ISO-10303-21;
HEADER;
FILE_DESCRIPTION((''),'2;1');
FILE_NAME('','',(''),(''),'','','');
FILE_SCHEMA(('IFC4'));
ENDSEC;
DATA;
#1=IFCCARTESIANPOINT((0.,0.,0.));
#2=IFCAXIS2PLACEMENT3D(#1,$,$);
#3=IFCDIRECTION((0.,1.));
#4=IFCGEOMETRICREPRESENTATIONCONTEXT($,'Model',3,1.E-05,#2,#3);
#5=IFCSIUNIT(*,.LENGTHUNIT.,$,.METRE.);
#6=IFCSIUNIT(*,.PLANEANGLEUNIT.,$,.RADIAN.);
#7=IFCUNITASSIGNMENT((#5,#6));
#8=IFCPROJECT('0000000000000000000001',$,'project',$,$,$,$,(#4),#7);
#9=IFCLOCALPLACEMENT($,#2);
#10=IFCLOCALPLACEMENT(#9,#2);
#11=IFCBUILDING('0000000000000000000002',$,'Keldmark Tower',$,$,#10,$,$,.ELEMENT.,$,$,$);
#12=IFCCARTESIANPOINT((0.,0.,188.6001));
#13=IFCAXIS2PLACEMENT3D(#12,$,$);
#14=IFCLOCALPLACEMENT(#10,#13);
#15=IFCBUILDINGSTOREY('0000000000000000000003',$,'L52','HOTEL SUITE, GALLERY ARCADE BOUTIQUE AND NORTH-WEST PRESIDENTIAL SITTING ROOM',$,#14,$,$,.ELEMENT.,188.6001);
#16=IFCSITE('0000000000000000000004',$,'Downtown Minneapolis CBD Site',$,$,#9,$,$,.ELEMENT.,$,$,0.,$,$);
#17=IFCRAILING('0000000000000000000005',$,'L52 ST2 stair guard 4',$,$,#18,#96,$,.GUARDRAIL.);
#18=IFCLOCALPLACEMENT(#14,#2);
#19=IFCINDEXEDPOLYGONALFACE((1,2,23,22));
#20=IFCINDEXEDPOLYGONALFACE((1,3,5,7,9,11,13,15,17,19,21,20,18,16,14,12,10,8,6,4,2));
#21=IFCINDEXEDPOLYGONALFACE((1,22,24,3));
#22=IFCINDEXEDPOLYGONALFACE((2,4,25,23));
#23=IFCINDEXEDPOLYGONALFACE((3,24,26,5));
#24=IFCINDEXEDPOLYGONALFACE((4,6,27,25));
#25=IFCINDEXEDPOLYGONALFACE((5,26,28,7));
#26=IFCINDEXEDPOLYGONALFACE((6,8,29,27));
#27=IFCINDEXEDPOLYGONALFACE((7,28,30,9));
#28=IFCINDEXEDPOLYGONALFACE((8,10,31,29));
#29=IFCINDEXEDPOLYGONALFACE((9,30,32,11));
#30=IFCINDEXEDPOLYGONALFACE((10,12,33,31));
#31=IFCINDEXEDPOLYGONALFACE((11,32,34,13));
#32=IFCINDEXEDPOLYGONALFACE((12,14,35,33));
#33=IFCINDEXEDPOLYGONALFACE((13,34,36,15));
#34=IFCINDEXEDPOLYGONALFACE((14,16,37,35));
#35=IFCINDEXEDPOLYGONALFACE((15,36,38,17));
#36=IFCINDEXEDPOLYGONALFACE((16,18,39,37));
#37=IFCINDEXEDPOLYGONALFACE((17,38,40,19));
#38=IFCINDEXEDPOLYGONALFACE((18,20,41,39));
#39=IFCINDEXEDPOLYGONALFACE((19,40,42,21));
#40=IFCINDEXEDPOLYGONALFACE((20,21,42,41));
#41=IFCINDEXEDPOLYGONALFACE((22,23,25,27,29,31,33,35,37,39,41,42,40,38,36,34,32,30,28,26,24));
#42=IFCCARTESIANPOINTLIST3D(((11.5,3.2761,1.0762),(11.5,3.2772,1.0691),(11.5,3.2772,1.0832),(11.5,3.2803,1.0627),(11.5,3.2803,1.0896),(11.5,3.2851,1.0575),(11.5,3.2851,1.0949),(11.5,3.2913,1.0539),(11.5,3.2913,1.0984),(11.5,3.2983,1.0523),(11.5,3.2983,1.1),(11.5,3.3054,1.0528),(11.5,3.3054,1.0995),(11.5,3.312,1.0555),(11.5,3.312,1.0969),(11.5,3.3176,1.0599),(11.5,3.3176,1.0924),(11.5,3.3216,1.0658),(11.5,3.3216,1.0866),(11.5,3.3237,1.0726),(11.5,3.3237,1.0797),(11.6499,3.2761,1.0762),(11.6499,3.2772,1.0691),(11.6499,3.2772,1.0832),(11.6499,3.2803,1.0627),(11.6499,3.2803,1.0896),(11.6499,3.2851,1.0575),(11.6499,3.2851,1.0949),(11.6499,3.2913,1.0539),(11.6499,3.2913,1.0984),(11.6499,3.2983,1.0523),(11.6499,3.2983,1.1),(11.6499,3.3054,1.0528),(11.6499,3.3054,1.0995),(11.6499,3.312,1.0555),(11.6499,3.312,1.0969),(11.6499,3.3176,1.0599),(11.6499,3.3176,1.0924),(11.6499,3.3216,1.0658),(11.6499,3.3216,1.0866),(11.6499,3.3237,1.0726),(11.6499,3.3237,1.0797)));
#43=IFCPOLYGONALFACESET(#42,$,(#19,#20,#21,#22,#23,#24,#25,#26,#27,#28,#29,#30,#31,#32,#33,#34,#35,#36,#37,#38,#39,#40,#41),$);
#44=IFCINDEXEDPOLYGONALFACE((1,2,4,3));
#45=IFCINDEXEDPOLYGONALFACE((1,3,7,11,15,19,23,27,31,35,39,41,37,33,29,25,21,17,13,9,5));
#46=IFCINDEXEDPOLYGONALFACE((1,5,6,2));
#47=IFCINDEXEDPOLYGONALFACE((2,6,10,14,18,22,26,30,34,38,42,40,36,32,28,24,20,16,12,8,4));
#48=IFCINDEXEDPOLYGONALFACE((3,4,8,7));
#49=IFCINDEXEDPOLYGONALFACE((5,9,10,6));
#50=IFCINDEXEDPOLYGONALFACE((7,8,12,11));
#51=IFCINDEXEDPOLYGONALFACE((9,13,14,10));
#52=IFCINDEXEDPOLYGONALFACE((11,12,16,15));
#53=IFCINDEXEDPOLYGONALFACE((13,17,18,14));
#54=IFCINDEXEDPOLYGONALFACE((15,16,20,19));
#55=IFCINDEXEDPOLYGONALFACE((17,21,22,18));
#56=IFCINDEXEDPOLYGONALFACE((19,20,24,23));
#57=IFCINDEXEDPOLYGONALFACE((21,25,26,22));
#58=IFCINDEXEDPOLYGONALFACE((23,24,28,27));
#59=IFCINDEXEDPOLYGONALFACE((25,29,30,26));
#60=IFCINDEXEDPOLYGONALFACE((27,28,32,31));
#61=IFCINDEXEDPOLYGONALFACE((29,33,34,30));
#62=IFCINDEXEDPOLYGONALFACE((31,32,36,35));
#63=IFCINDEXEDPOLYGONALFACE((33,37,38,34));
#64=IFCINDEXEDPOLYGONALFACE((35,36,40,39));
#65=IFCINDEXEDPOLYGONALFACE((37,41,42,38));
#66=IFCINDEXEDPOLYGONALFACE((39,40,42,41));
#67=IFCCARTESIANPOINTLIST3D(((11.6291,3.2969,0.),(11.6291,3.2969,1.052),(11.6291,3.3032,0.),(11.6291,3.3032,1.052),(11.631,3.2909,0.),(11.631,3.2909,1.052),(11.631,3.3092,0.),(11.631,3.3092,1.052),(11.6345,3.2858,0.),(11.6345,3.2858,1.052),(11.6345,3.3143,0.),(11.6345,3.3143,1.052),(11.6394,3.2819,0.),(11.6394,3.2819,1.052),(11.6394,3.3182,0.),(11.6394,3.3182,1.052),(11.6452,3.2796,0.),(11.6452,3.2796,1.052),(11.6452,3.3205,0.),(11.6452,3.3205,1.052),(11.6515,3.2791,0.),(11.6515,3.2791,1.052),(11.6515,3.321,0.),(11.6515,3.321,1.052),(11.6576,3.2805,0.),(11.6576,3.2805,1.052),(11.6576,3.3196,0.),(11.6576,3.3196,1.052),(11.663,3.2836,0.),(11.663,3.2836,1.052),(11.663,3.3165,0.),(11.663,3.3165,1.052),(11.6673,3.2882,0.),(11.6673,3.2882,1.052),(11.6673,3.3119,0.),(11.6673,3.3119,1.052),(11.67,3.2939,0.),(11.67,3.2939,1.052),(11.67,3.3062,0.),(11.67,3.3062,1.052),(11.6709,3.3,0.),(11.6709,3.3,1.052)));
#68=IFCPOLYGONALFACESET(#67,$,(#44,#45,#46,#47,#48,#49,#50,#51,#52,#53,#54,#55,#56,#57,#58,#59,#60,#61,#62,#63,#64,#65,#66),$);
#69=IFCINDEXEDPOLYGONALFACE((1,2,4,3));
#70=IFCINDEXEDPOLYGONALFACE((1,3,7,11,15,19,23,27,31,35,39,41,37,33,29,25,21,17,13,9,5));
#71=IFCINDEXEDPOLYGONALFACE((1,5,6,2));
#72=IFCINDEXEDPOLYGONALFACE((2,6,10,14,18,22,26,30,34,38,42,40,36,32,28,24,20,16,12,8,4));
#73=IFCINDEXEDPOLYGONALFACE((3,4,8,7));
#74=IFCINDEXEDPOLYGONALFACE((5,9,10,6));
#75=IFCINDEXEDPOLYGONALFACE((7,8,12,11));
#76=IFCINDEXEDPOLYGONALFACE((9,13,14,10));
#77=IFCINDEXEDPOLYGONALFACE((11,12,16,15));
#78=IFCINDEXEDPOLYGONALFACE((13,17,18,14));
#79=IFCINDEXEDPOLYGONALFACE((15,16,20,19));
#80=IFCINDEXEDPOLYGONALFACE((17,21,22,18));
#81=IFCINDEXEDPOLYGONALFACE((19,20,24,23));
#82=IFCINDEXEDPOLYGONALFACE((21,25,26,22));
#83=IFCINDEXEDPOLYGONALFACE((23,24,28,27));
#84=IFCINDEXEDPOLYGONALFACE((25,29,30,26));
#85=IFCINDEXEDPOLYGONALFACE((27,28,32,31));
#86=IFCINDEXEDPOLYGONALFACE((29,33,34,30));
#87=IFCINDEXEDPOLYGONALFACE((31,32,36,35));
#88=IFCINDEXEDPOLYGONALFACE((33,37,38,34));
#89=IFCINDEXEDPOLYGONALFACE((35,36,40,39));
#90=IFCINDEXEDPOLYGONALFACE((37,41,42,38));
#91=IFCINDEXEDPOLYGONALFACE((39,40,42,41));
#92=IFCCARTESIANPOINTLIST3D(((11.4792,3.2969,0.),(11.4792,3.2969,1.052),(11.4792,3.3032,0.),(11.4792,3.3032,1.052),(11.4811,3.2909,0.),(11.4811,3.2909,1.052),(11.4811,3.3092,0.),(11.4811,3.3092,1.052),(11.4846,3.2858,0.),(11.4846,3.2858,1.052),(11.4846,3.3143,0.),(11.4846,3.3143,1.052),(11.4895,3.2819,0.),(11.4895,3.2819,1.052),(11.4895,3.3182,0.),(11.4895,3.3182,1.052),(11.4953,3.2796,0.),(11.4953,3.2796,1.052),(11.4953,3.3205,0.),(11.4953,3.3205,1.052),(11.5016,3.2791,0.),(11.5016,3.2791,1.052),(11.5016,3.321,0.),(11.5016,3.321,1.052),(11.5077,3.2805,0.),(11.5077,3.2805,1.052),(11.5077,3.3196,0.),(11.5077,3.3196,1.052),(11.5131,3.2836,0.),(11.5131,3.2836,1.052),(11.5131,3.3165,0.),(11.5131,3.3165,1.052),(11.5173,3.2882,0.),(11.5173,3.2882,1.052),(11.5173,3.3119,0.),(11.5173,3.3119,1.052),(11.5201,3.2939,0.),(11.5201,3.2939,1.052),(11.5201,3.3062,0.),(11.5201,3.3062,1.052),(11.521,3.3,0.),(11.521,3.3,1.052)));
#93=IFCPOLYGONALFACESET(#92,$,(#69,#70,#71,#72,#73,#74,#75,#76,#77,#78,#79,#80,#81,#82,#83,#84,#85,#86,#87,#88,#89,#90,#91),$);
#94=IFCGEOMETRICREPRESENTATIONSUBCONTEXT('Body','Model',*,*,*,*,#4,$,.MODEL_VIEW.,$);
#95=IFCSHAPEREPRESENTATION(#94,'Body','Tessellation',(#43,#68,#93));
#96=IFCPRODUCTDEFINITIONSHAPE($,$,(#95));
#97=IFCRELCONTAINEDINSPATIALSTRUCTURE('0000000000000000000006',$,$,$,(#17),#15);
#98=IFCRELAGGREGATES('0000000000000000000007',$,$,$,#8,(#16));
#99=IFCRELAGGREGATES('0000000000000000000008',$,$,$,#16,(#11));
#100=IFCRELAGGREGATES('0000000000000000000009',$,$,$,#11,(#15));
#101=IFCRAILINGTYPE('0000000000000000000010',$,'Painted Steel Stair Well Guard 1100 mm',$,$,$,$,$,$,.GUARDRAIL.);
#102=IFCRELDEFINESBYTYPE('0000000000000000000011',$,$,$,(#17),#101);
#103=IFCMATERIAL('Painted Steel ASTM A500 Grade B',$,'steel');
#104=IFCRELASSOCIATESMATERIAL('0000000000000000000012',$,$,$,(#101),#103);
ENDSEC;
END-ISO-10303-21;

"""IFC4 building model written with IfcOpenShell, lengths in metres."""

from ifc_helpers import new_model, si_unit, direction, frame, origin, origin_2d, place, context, subcontext, project, spatial, circle, extrude, material, type_object, element, save


model = new_model("IFC4")

# Units and contexts
model_context = context("Model", 3, precision=1e-05, world=origin(), true_north=direction((0.0, 1.0)))
body_context = subcontext(model_context, "Body", "Model", "MODEL_VIEW")
ifc_project = project(units=[si_unit("LENGTHUNIT", "METRE"), si_unit("PLANEANGLEUNIT", "RADIAN")], contexts=[model_context])

# Site, building, storey
site_placement = place(None, origin())
site = spatial("IfcSite", under=ifc_project, at=site_placement, Name="Downtown Minneapolis CBD Site", CompositionType="ELEMENT", RefElevation=0.0)
building_placement = place(site_placement, origin())
building = spatial("IfcBuilding", under=site, at=building_placement, Name="Keldmark Tower", CompositionType="ELEMENT")
storey_placement = place(building_placement, frame((0.0, 0.0, 188.6001)))
storey = spatial("IfcBuildingStorey", under=building, at=storey_placement, Name="L52", Description="HOTEL SUITE, GALLERY ARCADE BOUTIQUE AND NORTH-WEST PRESIDENTIAL SITTING ROOM", CompositionType="ELEMENT", Elevation=188.6001)

# Railing
ifc_material_1 = material(Name="Painted Steel ASTM A500 Grade B", Category="steel")
railing_type_1 = type_object("IfcRailingType", Name="Painted Steel Stair Well Guard 1100 mm", PredefinedType="GUARDRAIL", material=ifc_material_1)
railing_1_placement = place(storey_placement, frame((11.6499, 3.3, 0.0)))
element("IfcRailing", 1, at=railing_1_placement, inside=storey, type_object=railing_type_1, Name="L52 ST2 stair guard 4", PredefinedType="GUARDRAIL", context=body_context, shape_type="SweptSolid", body=[
    extrude(circle(Radius=0.0239, at=origin_2d()), frame((0.0, 0.0, 1.0762), z_axis=(-1.0, 0.0, 0.0), x_axis=(0.0, -1.0, 0.0)), (0.0, 0.0, 1.0), 0.1499),
    extrude(circle(Radius=0.021, at=origin_2d()), origin(), (0.0, 0.0, 1.0), 1.052),
    extrude(circle(Radius=0.021, at=origin_2d()), frame((-0.1499, 0.0, 0.0)), (0.0, 0.0, 1.0), 1.052),
])

save(model, "model.ifc")
